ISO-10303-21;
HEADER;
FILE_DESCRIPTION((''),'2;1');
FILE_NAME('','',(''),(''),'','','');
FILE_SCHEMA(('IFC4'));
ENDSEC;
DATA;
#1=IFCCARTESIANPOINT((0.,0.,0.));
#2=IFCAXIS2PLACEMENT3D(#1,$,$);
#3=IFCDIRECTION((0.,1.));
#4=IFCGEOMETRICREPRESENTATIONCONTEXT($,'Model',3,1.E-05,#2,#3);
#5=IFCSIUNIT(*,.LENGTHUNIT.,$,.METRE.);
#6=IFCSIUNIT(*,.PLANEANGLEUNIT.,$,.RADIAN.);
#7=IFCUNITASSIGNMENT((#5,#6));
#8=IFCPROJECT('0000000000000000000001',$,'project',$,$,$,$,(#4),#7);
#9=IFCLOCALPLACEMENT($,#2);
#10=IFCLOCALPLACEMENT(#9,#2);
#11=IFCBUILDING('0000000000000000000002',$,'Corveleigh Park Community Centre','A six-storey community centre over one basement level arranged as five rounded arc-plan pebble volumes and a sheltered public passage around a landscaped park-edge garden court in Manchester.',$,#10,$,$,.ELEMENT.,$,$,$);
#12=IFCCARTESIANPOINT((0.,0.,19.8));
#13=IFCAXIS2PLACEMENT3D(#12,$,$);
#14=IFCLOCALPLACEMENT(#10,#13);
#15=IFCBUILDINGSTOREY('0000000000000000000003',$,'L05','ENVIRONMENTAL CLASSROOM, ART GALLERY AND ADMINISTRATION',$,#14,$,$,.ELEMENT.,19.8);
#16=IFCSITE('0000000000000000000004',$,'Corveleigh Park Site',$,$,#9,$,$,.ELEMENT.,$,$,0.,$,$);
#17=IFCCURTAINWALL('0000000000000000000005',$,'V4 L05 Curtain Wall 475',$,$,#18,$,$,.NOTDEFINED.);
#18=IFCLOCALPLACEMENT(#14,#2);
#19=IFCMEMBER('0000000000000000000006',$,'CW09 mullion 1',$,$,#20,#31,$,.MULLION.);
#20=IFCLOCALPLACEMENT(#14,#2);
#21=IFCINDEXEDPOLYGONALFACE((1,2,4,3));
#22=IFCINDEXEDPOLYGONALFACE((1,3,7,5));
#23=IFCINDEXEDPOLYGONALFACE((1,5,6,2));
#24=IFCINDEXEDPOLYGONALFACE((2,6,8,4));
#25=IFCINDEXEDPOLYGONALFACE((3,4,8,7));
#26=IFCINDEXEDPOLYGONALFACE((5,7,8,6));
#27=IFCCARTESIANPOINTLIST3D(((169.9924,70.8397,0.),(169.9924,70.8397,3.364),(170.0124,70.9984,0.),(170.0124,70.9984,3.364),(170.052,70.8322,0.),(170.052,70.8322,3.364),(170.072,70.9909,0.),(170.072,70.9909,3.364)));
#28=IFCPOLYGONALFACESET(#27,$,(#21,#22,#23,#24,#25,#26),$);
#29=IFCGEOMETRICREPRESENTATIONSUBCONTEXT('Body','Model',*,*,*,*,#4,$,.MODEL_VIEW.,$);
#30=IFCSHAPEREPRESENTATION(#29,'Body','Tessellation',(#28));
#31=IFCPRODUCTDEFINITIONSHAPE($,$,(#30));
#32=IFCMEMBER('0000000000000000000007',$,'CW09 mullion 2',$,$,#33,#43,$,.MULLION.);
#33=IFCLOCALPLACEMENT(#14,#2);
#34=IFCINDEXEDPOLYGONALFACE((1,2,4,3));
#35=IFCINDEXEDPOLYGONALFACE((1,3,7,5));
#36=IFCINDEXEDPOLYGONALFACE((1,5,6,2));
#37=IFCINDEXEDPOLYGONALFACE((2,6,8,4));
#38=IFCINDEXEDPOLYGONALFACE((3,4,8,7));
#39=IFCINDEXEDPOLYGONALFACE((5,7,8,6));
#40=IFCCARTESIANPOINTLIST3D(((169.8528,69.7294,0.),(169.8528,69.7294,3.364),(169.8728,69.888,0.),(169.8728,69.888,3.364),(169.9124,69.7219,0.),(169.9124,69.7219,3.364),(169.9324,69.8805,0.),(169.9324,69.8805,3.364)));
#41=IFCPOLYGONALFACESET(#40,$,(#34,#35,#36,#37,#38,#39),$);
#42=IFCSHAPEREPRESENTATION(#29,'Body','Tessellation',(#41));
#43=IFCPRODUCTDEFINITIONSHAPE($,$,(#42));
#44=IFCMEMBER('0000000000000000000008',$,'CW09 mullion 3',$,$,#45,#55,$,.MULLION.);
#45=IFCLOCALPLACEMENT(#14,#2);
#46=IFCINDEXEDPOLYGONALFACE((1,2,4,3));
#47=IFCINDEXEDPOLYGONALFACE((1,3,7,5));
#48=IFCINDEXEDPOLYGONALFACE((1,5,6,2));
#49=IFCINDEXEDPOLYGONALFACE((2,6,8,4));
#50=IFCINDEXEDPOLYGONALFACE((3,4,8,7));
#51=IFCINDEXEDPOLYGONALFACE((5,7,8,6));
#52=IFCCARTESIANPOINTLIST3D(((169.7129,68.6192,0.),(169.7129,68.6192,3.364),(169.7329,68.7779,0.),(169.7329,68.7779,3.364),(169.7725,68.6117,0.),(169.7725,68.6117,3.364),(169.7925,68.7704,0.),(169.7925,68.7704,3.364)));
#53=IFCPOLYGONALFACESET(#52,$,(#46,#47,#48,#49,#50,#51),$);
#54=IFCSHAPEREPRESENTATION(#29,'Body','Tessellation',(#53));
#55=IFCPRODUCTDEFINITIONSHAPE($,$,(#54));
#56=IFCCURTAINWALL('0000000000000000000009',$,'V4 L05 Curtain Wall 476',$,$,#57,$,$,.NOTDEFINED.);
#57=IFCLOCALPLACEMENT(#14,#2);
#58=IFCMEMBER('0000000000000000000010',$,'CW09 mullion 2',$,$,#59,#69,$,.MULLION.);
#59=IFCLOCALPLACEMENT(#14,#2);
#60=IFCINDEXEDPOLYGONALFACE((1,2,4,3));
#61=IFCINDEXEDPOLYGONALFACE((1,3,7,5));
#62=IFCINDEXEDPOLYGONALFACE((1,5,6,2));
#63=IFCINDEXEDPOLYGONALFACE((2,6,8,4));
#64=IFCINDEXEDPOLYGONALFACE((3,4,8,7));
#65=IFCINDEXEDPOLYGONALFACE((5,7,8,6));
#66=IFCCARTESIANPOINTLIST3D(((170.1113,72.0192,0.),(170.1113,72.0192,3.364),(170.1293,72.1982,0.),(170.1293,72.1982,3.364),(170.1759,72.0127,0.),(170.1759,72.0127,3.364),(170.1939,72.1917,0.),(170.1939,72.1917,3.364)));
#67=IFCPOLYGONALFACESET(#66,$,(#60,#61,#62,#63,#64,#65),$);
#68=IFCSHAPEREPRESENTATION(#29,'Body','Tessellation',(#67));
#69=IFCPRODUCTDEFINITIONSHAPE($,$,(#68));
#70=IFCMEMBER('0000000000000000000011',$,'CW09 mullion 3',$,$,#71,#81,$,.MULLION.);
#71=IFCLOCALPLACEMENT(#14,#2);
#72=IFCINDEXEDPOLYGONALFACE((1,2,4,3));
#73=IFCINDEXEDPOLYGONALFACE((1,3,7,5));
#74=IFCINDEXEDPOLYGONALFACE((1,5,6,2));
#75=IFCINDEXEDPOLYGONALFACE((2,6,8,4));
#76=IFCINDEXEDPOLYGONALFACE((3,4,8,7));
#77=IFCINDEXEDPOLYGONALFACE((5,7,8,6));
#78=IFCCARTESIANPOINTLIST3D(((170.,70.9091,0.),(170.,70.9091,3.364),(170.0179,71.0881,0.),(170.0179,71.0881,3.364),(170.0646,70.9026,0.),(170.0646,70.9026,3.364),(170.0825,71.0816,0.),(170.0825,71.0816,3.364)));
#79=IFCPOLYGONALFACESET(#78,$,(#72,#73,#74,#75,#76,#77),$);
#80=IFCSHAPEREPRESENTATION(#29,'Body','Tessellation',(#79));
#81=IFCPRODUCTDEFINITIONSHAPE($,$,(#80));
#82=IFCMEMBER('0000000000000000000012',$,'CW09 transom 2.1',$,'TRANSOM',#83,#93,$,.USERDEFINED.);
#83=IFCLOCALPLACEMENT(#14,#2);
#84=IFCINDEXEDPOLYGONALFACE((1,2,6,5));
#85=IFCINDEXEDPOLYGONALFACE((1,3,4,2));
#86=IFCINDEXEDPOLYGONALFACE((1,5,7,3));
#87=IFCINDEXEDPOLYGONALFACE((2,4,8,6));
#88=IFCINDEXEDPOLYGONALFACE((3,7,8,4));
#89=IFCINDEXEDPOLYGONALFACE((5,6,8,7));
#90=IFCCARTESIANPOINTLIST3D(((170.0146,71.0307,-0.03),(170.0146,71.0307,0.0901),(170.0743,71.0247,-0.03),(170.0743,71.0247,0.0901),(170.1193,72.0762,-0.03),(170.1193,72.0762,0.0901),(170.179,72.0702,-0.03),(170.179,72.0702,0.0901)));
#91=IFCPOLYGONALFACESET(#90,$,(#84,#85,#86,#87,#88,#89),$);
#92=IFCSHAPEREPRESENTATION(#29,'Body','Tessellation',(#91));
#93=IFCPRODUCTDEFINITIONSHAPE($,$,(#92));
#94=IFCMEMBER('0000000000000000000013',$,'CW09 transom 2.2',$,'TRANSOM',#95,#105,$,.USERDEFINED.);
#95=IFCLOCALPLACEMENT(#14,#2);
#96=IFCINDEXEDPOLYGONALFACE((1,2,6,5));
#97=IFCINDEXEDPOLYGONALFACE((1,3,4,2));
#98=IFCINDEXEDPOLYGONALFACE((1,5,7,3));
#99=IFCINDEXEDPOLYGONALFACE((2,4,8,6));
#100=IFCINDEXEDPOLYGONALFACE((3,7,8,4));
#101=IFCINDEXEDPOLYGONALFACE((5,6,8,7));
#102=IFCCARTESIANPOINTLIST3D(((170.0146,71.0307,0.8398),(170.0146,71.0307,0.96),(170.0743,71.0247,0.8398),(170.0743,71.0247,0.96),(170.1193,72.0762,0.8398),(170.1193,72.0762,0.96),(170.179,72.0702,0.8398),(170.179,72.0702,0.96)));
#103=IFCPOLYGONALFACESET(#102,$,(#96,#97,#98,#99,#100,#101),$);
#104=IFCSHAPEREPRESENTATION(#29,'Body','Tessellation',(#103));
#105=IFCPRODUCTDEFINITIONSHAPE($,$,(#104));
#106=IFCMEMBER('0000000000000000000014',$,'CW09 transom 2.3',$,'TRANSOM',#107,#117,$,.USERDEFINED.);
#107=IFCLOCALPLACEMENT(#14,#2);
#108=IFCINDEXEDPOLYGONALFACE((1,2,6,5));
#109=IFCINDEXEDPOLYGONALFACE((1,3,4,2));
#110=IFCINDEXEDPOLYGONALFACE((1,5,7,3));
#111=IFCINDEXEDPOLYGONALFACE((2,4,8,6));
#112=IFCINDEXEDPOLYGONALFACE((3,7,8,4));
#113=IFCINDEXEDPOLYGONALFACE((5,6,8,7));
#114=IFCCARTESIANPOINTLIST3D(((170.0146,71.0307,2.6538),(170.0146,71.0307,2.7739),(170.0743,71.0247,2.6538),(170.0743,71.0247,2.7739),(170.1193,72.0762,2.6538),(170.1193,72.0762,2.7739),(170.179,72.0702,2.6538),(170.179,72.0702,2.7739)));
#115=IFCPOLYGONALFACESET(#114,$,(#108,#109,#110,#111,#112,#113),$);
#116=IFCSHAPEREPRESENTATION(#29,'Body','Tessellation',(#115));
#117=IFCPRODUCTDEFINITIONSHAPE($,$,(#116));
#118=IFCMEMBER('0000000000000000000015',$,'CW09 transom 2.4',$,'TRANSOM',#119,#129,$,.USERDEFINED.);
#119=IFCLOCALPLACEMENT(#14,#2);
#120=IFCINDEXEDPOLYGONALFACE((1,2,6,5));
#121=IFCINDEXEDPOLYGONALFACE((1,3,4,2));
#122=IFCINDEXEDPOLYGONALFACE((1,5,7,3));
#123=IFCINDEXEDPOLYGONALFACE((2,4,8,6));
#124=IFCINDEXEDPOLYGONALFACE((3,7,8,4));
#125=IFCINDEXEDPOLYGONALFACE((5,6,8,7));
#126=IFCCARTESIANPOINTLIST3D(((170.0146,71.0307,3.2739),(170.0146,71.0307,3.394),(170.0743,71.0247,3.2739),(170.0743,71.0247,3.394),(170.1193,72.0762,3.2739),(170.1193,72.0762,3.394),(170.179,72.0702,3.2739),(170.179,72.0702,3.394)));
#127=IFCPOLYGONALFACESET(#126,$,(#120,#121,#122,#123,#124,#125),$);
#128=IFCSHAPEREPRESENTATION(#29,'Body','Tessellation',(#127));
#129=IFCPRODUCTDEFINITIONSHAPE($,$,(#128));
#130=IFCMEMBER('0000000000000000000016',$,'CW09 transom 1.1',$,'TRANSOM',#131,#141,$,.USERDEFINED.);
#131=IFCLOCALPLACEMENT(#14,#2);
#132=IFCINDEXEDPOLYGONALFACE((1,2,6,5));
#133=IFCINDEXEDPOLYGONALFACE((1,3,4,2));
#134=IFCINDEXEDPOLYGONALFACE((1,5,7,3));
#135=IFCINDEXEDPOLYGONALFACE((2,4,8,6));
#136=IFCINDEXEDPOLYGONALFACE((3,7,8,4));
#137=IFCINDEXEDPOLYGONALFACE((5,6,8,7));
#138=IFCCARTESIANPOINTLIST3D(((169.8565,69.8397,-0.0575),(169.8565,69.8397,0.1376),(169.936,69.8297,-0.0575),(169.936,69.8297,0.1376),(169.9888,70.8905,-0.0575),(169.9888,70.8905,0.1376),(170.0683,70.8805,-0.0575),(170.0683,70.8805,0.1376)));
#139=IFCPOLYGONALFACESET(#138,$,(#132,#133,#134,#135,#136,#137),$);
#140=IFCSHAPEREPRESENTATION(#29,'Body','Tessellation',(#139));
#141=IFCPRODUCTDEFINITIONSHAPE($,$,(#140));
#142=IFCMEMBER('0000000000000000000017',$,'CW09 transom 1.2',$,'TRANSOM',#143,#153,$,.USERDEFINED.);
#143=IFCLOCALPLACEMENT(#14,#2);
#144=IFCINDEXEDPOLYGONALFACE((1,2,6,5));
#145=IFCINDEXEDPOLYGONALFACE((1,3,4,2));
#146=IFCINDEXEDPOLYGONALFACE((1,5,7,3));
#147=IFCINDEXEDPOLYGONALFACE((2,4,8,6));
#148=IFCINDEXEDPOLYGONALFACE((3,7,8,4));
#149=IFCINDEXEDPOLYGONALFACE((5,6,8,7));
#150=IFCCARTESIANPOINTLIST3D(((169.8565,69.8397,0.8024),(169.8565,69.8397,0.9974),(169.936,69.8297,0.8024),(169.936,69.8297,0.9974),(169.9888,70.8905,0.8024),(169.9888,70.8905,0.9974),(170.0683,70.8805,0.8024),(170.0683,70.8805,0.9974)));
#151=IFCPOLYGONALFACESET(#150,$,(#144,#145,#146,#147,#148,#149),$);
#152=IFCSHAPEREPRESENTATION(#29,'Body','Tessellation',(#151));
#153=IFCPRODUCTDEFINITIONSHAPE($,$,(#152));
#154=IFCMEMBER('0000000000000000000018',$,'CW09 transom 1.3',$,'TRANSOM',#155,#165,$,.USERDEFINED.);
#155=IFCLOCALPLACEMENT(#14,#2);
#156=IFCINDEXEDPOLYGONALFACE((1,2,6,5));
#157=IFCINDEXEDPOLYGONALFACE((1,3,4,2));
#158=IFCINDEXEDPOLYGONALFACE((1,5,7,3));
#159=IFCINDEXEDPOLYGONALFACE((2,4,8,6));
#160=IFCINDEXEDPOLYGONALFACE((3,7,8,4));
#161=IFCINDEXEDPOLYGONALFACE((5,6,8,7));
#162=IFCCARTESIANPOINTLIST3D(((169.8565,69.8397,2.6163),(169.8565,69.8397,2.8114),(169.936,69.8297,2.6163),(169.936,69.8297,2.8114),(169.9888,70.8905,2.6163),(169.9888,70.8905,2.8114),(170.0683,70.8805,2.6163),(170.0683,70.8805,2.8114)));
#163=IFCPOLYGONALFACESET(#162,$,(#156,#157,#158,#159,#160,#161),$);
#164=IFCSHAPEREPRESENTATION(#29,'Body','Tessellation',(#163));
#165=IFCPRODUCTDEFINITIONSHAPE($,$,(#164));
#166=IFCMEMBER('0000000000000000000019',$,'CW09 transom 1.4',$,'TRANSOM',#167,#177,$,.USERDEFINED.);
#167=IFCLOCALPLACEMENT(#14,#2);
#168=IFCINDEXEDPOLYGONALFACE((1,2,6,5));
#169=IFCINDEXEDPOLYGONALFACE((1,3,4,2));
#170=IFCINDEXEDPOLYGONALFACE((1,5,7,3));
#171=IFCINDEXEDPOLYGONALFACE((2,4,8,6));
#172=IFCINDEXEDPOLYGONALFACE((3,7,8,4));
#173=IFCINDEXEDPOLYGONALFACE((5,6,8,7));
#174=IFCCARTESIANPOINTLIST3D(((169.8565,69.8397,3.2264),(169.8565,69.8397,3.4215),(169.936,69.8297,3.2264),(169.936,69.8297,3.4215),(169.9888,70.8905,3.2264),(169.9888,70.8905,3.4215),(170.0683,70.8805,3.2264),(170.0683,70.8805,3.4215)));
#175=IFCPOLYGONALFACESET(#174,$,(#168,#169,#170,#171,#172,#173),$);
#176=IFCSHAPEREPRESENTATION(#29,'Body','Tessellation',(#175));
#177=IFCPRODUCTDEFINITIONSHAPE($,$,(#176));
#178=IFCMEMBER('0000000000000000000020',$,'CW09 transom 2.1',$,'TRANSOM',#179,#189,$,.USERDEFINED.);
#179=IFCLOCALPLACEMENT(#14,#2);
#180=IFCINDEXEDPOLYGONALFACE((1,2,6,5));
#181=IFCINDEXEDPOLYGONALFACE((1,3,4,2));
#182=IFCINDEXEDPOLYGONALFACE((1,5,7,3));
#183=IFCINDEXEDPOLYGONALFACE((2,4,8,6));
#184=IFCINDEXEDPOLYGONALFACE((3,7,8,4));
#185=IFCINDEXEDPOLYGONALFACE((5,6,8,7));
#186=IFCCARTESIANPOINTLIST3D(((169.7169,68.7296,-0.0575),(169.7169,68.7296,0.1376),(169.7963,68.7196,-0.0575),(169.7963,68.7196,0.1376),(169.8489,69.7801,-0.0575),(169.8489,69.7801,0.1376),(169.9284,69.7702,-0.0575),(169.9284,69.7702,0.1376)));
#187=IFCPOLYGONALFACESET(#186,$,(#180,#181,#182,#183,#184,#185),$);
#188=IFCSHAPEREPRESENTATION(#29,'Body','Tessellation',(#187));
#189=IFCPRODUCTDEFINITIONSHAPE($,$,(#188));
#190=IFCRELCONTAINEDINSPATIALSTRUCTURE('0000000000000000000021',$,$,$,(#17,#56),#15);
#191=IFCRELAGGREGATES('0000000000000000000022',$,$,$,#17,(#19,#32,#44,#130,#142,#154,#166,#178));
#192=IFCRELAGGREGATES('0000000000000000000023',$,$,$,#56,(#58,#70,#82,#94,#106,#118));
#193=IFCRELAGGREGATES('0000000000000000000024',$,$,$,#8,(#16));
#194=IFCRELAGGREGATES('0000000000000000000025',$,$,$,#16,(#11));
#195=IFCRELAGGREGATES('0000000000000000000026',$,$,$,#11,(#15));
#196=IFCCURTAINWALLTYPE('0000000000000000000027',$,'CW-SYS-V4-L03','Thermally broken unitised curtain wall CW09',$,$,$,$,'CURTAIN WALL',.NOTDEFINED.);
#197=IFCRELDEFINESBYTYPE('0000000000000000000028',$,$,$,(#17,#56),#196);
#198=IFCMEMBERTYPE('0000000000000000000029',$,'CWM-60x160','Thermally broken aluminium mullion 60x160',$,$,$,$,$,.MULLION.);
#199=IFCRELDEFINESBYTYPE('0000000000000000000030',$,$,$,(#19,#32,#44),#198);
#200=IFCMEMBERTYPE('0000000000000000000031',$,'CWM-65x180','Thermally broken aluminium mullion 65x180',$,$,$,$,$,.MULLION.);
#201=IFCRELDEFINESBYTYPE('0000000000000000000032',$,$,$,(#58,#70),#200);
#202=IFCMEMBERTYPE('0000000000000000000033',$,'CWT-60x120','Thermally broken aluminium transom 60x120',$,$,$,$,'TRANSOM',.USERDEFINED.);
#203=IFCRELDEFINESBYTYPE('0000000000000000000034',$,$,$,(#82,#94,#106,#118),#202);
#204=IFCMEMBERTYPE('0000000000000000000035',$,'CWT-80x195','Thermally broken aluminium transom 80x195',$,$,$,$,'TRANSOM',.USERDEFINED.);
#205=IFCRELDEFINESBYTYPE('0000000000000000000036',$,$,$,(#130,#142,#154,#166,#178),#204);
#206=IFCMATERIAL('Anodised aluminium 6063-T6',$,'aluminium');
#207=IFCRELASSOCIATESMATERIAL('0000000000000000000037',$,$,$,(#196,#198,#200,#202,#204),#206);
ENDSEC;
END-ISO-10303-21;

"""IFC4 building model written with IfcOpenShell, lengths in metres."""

from ifc_helpers import new_model, si_unit, direction, frame, origin, origin_2d, place, context, subcontext, project, spatial, rectangle, extrude, material, material_profile, profile_set, type_object, element, aggregate, save


model = new_model("IFC4")

# Units and contexts
model_context = context("Model", 3, precision=1e-05, world=origin(), true_north=direction((0.0, 1.0)))
body_context = subcontext(model_context, "Body", "Model", "MODEL_VIEW")
ifc_project = project(units=[si_unit("LENGTHUNIT", "METRE"), si_unit("PLANEANGLEUNIT", "RADIAN")], contexts=[model_context])

# Site, building, storey
site_placement = place(None, origin())
site = spatial("IfcSite", under=ifc_project, at=site_placement, Name="Corveleigh Park Site", CompositionType="ELEMENT", RefElevation=0.0)
building_placement = place(site_placement, origin())
building = spatial("IfcBuilding", under=site, at=building_placement, Name="Corveleigh Park Community Centre", Description="A six-storey community centre over one basement level arranged as five rounded arc-plan pebble volumes and a sheltered public passage around a landscaped park-edge garden court in Manchester.", CompositionType="ELEMENT")
storey_placement = place(building_placement, frame((0.0, 0.0, 19.8)))
storey = spatial("IfcBuildingStorey", under=building, at=storey_placement, Name="L05", Description="ENVIRONMENTAL CLASSROOM, ART GALLERY AND ADMINISTRATION", CompositionType="ELEMENT", Elevation=19.8)

# Curtain walls, members
ifc_material_1 = material(Name="Anodised aluminium 6063-T6", Category="aluminium")
curtain_wall_type = type_object("IfcCurtainWallType", Name="CW-SYS-V4-L03", Description="Thermally broken unitised curtain wall CW09", ElementType="CURTAIN WALL", PredefinedType="NOTDEFINED", material=ifc_material_1)
curtain_wall_1_placement = place(storey_placement, origin())
curtain_wall_1 = element("IfcCurtainWall", 1, at=curtain_wall_1_placement, inside=storey, type_object=curtain_wall_type, Name="V4 L05 Curtain Wall 475", PredefinedType="NOTDEFINED")
ifc_material_profile_1 = material_profile(ifc_material_1, rectangle(XDim=0.0601, YDim=0.1599, at=origin_2d()), Name="ALU-M60x160", Category="aluminium")
ifc_profile_set_1 = profile_set([ifc_material_profile_1], Name="Anodised aluminium 6063-T6")
member_type_1 = type_object("IfcMemberType", Name="CWM-60x160", Description="Thermally broken aluminium mullion 60x160", PredefinedType="MULLION", material=ifc_profile_set_1)
member_1_placement = place(storey_placement, frame((170.0322, 70.9153, 0.0), z_axis=(0.0, 0.0, 1.0), x_axis=(0.99217, -0.124892, 0.0)))
member_1 = element("IfcMember", 2, at=member_1_placement, type_object=member_type_1, Name="CW09 mullion 1", PredefinedType="MULLION", context=body_context, shape_type="SweptSolid", body=[
    extrude(rectangle(XDim=0.0601, YDim=0.1599, at=origin_2d()), origin(), (0.0, 0.0, 1.0), 3.364),
])
member_2_placement = place(storey_placement, frame((169.8926, 69.8049, 0.0), z_axis=(0.0, 0.0, 1.0), x_axis=(0.99217, -0.124892, 0.0)))
member_2 = element("IfcMember", 3, at=member_2_placement, type_object=member_type_1, Name="CW09 mullion 2", PredefinedType="MULLION", context=body_context, shape_type="SweptSolid", body=[
    extrude(rectangle(XDim=0.0601, YDim=0.1599, at=origin_2d()), origin(), (0.0, 0.0, 1.0), 3.364),
])
member_3_placement = place(storey_placement, frame((169.7527, 68.6948, 0.0), z_axis=(0.0, 0.0, 1.0), x_axis=(0.99217, -0.124892, 0.0)))
member_3 = element("IfcMember", 4, at=member_3_placement, type_object=member_type_1, Name="CW09 mullion 3", PredefinedType="MULLION", context=body_context, shape_type="SweptSolid", body=[
    extrude(rectangle(XDim=0.0601, YDim=0.1599, at=origin_2d()), origin(), (0.0, 0.0, 1.0), 3.364),
])
curtain_wall_2_placement = place(storey_placement, origin())
curtain_wall_2 = element("IfcCurtainWall", 5, at=curtain_wall_2_placement, inside=storey, type_object=curtain_wall_type, Name="V4 L05 Curtain Wall 476", PredefinedType="NOTDEFINED")
ifc_material_profile_2 = material_profile(ifc_material_1, rectangle(XDim=0.0649, YDim=0.1799, at=origin_2d()), Name="ALU-M65x180", Category="aluminium")
ifc_profile_set_2 = profile_set([ifc_material_profile_2], Name="Anodised aluminium 6063-T6")
member_type_2 = type_object("IfcMemberType", Name="CWM-65x180", Description="Thermally broken aluminium mullion 65x180", PredefinedType="MULLION", material=ifc_profile_set_2)
member_4_placement = place(storey_placement, frame((170.1526, 72.1055, 0.0), z_axis=(0.0, 0.0, 1.0), x_axis=(0.995016, -0.099719, 0.0)))
member_4 = element("IfcMember", 6, at=member_4_placement, type_object=member_type_2, Name="CW09 mullion 2", PredefinedType="MULLION", context=body_context, shape_type="SweptSolid", body=[
    extrude(rectangle(XDim=0.0649, YDim=0.1799, at=origin_2d()), origin(), (0.0, 0.0, 1.0), 3.364),
])
member_5_placement = place(storey_placement, frame((170.0413, 70.9954, 0.0), z_axis=(0.0, 0.0, 1.0), x_axis=(0.995016, -0.099719, 0.0)))
member_5 = element("IfcMember", 7, at=member_5_placement, type_object=member_type_2, Name="CW09 mullion 3", PredefinedType="MULLION", context=body_context, shape_type="SweptSolid", body=[
    extrude(rectangle(XDim=0.0649, YDim=0.1799, at=origin_2d()), origin(), (0.0, 0.0, 1.0), 3.364),
])
ifc_material_profile_3 = material_profile(ifc_material_1, rectangle(XDim=0.0601, YDim=0.1201, at=origin_2d()), Name="ALU-T60x120", Category="aluminium")
ifc_profile_set_3 = profile_set([ifc_material_profile_3], Name="Anodised aluminium 6063-T6")
member_type_3 = type_object("IfcMemberType", Name="CWT-60x120", Description="Thermally broken aluminium transom 60x120", ElementType="TRANSOM", PredefinedType="USERDEFINED", material=ifc_profile_set_3)
member_6_placement = place(storey_placement, frame((170.1492, 72.0732, 0.03), z_axis=(-0.099665, -0.995021, 0.0), x_axis=(0.995021, -0.099665, 0.0)))
member_6 = element("IfcMember", 8, at=member_6_placement, type_object=member_type_3, Name="CW09 transom 2.1", ObjectType="TRANSOM", PredefinedType="USERDEFINED", context=body_context, shape_type="SweptSolid", body=[
    extrude(rectangle(XDim=0.0601, YDim=0.1201, at=origin_2d()), origin(), (0.0, 0.0, 1.0), 1.0508),
])
member_7_placement = place(storey_placement, frame((170.1492, 72.0732, 0.8999), z_axis=(-0.099665, -0.995021, 0.0), x_axis=(0.995021, -0.099665, 0.0)))
member_7 = element("IfcMember", 9, at=member_7_placement, type_object=member_type_3, Name="CW09 transom 2.2", ObjectType="TRANSOM", PredefinedType="USERDEFINED", context=body_context, shape_type="SweptSolid", body=[
    extrude(rectangle(XDim=0.0601, YDim=0.1201, at=origin_2d()), origin(), (0.0, 0.0, 1.0), 1.0508),
])
member_8_placement = place(storey_placement, frame((170.1492, 72.0732, 2.7139), z_axis=(-0.099665, -0.995021, 0.0), x_axis=(0.995021, -0.099665, 0.0)))
member_8 = element("IfcMember", 10, at=member_8_placement, type_object=member_type_3, Name="CW09 transom 2.3", ObjectType="TRANSOM", PredefinedType="USERDEFINED", context=body_context, shape_type="SweptSolid", body=[
    extrude(rectangle(XDim=0.0601, YDim=0.1201, at=origin_2d()), origin(), (0.0, 0.0, 1.0), 1.0508),
])
member_9_placement = place(storey_placement, frame((170.1492, 72.0732, 3.334), z_axis=(-0.099665, -0.995021, 0.0), x_axis=(0.995021, -0.099665, 0.0)))
member_9 = element("IfcMember", 11, at=member_9_placement, type_object=member_type_3, Name="CW09 transom 2.4", ObjectType="TRANSOM", PredefinedType="USERDEFINED", context=body_context, shape_type="SweptSolid", body=[
    extrude(rectangle(XDim=0.0601, YDim=0.1201, at=origin_2d()), origin(), (0.0, 0.0, 1.0), 1.0508),
])

# Members
ifc_material_profile_4 = material_profile(ifc_material_1, rectangle(XDim=0.0801, YDim=0.1951, at=origin_2d()), Name="ALU-T80x195", Category="aluminium")
ifc_profile_set_4 = profile_set([ifc_material_profile_4], Name="Anodised aluminium 6063-T6")
member_type_4 = type_object("IfcMemberType", Name="CWT-80x195", Description="Thermally broken aluminium transom 80x195", ElementType="TRANSOM", PredefinedType="USERDEFINED", material=ifc_profile_set_4)
member_10_placement = place(storey_placement, frame((170.0286, 70.8855, 0.04), z_axis=(-0.124943, -0.992164, 0.0), x_axis=(0.992164, -0.124943, 0.0)))
member_10 = element("IfcMember", 12, at=member_10_placement, type_object=member_type_4, Name="CW09 transom 1.1", ObjectType="TRANSOM", PredefinedType="USERDEFINED", context=body_context, shape_type="SweptSolid", body=[
    extrude(rectangle(XDim=0.0801, YDim=0.1951, at=origin_2d()), origin(), (0.0, 0.0, 1.0), 1.0591),
])
member_11_placement = place(storey_placement, frame((170.0286, 70.8855, 0.8999), z_axis=(-0.124943, -0.992164, 0.0), x_axis=(0.992164, -0.124943, 0.0)))
member_11 = element("IfcMember", 13, at=member_11_placement, type_object=member_type_4, Name="CW09 transom 1.2", ObjectType="TRANSOM", PredefinedType="USERDEFINED", context=body_context, shape_type="SweptSolid", body=[
    extrude(rectangle(XDim=0.0801, YDim=0.1951, at=origin_2d()), origin(), (0.0, 0.0, 1.0), 1.0591),
])
member_12_placement = place(storey_placement, frame((170.0286, 70.8855, 2.7139), z_axis=(-0.124943, -0.992164, 0.0), x_axis=(0.992164, -0.124943, 0.0)))
member_12 = element("IfcMember", 14, at=member_12_placement, type_object=member_type_4, Name="CW09 transom 1.3", ObjectType="TRANSOM", PredefinedType="USERDEFINED", context=body_context, shape_type="SweptSolid", body=[
    extrude(rectangle(XDim=0.0801, YDim=0.1951, at=origin_2d()), origin(), (0.0, 0.0, 1.0), 1.0591),
])
member_13_placement = place(storey_placement, frame((170.0286, 70.8855, 3.324), z_axis=(-0.124943, -0.992164, 0.0), x_axis=(0.992164, -0.124943, 0.0)))
member_13 = element("IfcMember", 15, at=member_13_placement, type_object=member_type_4, Name="CW09 transom 1.4", ObjectType="TRANSOM", PredefinedType="USERDEFINED", context=body_context, shape_type="SweptSolid", body=[
    extrude(rectangle(XDim=0.0801, YDim=0.1951, at=origin_2d()), origin(), (0.0, 0.0, 1.0), 1.0591),
])
member_14_placement = place(storey_placement, frame((169.8887, 69.7751, 0.04), z_axis=(-0.124744, -0.992189, 0.0), x_axis=(0.992189, -0.124744, 0.0)))
member_14 = element("IfcMember", 16, at=member_14_placement, type_object=member_type_4, Name="CW09 transom 2.1", ObjectType="TRANSOM", PredefinedType="USERDEFINED", context=body_context, shape_type="SweptSolid", body=[
    extrude(rectangle(XDim=0.0801, YDim=0.1951, at=origin_2d()), origin(), (0.0, 0.0, 1.0), 1.0588),
])

aggregate(curtain_wall_1, [member_1, member_2, member_3, member_10, member_11, member_12, member_13, member_14])
aggregate(curtain_wall_2, [member_4, member_5, member_6, member_7, member_8, member_9])

save(model, "model.ifc")
